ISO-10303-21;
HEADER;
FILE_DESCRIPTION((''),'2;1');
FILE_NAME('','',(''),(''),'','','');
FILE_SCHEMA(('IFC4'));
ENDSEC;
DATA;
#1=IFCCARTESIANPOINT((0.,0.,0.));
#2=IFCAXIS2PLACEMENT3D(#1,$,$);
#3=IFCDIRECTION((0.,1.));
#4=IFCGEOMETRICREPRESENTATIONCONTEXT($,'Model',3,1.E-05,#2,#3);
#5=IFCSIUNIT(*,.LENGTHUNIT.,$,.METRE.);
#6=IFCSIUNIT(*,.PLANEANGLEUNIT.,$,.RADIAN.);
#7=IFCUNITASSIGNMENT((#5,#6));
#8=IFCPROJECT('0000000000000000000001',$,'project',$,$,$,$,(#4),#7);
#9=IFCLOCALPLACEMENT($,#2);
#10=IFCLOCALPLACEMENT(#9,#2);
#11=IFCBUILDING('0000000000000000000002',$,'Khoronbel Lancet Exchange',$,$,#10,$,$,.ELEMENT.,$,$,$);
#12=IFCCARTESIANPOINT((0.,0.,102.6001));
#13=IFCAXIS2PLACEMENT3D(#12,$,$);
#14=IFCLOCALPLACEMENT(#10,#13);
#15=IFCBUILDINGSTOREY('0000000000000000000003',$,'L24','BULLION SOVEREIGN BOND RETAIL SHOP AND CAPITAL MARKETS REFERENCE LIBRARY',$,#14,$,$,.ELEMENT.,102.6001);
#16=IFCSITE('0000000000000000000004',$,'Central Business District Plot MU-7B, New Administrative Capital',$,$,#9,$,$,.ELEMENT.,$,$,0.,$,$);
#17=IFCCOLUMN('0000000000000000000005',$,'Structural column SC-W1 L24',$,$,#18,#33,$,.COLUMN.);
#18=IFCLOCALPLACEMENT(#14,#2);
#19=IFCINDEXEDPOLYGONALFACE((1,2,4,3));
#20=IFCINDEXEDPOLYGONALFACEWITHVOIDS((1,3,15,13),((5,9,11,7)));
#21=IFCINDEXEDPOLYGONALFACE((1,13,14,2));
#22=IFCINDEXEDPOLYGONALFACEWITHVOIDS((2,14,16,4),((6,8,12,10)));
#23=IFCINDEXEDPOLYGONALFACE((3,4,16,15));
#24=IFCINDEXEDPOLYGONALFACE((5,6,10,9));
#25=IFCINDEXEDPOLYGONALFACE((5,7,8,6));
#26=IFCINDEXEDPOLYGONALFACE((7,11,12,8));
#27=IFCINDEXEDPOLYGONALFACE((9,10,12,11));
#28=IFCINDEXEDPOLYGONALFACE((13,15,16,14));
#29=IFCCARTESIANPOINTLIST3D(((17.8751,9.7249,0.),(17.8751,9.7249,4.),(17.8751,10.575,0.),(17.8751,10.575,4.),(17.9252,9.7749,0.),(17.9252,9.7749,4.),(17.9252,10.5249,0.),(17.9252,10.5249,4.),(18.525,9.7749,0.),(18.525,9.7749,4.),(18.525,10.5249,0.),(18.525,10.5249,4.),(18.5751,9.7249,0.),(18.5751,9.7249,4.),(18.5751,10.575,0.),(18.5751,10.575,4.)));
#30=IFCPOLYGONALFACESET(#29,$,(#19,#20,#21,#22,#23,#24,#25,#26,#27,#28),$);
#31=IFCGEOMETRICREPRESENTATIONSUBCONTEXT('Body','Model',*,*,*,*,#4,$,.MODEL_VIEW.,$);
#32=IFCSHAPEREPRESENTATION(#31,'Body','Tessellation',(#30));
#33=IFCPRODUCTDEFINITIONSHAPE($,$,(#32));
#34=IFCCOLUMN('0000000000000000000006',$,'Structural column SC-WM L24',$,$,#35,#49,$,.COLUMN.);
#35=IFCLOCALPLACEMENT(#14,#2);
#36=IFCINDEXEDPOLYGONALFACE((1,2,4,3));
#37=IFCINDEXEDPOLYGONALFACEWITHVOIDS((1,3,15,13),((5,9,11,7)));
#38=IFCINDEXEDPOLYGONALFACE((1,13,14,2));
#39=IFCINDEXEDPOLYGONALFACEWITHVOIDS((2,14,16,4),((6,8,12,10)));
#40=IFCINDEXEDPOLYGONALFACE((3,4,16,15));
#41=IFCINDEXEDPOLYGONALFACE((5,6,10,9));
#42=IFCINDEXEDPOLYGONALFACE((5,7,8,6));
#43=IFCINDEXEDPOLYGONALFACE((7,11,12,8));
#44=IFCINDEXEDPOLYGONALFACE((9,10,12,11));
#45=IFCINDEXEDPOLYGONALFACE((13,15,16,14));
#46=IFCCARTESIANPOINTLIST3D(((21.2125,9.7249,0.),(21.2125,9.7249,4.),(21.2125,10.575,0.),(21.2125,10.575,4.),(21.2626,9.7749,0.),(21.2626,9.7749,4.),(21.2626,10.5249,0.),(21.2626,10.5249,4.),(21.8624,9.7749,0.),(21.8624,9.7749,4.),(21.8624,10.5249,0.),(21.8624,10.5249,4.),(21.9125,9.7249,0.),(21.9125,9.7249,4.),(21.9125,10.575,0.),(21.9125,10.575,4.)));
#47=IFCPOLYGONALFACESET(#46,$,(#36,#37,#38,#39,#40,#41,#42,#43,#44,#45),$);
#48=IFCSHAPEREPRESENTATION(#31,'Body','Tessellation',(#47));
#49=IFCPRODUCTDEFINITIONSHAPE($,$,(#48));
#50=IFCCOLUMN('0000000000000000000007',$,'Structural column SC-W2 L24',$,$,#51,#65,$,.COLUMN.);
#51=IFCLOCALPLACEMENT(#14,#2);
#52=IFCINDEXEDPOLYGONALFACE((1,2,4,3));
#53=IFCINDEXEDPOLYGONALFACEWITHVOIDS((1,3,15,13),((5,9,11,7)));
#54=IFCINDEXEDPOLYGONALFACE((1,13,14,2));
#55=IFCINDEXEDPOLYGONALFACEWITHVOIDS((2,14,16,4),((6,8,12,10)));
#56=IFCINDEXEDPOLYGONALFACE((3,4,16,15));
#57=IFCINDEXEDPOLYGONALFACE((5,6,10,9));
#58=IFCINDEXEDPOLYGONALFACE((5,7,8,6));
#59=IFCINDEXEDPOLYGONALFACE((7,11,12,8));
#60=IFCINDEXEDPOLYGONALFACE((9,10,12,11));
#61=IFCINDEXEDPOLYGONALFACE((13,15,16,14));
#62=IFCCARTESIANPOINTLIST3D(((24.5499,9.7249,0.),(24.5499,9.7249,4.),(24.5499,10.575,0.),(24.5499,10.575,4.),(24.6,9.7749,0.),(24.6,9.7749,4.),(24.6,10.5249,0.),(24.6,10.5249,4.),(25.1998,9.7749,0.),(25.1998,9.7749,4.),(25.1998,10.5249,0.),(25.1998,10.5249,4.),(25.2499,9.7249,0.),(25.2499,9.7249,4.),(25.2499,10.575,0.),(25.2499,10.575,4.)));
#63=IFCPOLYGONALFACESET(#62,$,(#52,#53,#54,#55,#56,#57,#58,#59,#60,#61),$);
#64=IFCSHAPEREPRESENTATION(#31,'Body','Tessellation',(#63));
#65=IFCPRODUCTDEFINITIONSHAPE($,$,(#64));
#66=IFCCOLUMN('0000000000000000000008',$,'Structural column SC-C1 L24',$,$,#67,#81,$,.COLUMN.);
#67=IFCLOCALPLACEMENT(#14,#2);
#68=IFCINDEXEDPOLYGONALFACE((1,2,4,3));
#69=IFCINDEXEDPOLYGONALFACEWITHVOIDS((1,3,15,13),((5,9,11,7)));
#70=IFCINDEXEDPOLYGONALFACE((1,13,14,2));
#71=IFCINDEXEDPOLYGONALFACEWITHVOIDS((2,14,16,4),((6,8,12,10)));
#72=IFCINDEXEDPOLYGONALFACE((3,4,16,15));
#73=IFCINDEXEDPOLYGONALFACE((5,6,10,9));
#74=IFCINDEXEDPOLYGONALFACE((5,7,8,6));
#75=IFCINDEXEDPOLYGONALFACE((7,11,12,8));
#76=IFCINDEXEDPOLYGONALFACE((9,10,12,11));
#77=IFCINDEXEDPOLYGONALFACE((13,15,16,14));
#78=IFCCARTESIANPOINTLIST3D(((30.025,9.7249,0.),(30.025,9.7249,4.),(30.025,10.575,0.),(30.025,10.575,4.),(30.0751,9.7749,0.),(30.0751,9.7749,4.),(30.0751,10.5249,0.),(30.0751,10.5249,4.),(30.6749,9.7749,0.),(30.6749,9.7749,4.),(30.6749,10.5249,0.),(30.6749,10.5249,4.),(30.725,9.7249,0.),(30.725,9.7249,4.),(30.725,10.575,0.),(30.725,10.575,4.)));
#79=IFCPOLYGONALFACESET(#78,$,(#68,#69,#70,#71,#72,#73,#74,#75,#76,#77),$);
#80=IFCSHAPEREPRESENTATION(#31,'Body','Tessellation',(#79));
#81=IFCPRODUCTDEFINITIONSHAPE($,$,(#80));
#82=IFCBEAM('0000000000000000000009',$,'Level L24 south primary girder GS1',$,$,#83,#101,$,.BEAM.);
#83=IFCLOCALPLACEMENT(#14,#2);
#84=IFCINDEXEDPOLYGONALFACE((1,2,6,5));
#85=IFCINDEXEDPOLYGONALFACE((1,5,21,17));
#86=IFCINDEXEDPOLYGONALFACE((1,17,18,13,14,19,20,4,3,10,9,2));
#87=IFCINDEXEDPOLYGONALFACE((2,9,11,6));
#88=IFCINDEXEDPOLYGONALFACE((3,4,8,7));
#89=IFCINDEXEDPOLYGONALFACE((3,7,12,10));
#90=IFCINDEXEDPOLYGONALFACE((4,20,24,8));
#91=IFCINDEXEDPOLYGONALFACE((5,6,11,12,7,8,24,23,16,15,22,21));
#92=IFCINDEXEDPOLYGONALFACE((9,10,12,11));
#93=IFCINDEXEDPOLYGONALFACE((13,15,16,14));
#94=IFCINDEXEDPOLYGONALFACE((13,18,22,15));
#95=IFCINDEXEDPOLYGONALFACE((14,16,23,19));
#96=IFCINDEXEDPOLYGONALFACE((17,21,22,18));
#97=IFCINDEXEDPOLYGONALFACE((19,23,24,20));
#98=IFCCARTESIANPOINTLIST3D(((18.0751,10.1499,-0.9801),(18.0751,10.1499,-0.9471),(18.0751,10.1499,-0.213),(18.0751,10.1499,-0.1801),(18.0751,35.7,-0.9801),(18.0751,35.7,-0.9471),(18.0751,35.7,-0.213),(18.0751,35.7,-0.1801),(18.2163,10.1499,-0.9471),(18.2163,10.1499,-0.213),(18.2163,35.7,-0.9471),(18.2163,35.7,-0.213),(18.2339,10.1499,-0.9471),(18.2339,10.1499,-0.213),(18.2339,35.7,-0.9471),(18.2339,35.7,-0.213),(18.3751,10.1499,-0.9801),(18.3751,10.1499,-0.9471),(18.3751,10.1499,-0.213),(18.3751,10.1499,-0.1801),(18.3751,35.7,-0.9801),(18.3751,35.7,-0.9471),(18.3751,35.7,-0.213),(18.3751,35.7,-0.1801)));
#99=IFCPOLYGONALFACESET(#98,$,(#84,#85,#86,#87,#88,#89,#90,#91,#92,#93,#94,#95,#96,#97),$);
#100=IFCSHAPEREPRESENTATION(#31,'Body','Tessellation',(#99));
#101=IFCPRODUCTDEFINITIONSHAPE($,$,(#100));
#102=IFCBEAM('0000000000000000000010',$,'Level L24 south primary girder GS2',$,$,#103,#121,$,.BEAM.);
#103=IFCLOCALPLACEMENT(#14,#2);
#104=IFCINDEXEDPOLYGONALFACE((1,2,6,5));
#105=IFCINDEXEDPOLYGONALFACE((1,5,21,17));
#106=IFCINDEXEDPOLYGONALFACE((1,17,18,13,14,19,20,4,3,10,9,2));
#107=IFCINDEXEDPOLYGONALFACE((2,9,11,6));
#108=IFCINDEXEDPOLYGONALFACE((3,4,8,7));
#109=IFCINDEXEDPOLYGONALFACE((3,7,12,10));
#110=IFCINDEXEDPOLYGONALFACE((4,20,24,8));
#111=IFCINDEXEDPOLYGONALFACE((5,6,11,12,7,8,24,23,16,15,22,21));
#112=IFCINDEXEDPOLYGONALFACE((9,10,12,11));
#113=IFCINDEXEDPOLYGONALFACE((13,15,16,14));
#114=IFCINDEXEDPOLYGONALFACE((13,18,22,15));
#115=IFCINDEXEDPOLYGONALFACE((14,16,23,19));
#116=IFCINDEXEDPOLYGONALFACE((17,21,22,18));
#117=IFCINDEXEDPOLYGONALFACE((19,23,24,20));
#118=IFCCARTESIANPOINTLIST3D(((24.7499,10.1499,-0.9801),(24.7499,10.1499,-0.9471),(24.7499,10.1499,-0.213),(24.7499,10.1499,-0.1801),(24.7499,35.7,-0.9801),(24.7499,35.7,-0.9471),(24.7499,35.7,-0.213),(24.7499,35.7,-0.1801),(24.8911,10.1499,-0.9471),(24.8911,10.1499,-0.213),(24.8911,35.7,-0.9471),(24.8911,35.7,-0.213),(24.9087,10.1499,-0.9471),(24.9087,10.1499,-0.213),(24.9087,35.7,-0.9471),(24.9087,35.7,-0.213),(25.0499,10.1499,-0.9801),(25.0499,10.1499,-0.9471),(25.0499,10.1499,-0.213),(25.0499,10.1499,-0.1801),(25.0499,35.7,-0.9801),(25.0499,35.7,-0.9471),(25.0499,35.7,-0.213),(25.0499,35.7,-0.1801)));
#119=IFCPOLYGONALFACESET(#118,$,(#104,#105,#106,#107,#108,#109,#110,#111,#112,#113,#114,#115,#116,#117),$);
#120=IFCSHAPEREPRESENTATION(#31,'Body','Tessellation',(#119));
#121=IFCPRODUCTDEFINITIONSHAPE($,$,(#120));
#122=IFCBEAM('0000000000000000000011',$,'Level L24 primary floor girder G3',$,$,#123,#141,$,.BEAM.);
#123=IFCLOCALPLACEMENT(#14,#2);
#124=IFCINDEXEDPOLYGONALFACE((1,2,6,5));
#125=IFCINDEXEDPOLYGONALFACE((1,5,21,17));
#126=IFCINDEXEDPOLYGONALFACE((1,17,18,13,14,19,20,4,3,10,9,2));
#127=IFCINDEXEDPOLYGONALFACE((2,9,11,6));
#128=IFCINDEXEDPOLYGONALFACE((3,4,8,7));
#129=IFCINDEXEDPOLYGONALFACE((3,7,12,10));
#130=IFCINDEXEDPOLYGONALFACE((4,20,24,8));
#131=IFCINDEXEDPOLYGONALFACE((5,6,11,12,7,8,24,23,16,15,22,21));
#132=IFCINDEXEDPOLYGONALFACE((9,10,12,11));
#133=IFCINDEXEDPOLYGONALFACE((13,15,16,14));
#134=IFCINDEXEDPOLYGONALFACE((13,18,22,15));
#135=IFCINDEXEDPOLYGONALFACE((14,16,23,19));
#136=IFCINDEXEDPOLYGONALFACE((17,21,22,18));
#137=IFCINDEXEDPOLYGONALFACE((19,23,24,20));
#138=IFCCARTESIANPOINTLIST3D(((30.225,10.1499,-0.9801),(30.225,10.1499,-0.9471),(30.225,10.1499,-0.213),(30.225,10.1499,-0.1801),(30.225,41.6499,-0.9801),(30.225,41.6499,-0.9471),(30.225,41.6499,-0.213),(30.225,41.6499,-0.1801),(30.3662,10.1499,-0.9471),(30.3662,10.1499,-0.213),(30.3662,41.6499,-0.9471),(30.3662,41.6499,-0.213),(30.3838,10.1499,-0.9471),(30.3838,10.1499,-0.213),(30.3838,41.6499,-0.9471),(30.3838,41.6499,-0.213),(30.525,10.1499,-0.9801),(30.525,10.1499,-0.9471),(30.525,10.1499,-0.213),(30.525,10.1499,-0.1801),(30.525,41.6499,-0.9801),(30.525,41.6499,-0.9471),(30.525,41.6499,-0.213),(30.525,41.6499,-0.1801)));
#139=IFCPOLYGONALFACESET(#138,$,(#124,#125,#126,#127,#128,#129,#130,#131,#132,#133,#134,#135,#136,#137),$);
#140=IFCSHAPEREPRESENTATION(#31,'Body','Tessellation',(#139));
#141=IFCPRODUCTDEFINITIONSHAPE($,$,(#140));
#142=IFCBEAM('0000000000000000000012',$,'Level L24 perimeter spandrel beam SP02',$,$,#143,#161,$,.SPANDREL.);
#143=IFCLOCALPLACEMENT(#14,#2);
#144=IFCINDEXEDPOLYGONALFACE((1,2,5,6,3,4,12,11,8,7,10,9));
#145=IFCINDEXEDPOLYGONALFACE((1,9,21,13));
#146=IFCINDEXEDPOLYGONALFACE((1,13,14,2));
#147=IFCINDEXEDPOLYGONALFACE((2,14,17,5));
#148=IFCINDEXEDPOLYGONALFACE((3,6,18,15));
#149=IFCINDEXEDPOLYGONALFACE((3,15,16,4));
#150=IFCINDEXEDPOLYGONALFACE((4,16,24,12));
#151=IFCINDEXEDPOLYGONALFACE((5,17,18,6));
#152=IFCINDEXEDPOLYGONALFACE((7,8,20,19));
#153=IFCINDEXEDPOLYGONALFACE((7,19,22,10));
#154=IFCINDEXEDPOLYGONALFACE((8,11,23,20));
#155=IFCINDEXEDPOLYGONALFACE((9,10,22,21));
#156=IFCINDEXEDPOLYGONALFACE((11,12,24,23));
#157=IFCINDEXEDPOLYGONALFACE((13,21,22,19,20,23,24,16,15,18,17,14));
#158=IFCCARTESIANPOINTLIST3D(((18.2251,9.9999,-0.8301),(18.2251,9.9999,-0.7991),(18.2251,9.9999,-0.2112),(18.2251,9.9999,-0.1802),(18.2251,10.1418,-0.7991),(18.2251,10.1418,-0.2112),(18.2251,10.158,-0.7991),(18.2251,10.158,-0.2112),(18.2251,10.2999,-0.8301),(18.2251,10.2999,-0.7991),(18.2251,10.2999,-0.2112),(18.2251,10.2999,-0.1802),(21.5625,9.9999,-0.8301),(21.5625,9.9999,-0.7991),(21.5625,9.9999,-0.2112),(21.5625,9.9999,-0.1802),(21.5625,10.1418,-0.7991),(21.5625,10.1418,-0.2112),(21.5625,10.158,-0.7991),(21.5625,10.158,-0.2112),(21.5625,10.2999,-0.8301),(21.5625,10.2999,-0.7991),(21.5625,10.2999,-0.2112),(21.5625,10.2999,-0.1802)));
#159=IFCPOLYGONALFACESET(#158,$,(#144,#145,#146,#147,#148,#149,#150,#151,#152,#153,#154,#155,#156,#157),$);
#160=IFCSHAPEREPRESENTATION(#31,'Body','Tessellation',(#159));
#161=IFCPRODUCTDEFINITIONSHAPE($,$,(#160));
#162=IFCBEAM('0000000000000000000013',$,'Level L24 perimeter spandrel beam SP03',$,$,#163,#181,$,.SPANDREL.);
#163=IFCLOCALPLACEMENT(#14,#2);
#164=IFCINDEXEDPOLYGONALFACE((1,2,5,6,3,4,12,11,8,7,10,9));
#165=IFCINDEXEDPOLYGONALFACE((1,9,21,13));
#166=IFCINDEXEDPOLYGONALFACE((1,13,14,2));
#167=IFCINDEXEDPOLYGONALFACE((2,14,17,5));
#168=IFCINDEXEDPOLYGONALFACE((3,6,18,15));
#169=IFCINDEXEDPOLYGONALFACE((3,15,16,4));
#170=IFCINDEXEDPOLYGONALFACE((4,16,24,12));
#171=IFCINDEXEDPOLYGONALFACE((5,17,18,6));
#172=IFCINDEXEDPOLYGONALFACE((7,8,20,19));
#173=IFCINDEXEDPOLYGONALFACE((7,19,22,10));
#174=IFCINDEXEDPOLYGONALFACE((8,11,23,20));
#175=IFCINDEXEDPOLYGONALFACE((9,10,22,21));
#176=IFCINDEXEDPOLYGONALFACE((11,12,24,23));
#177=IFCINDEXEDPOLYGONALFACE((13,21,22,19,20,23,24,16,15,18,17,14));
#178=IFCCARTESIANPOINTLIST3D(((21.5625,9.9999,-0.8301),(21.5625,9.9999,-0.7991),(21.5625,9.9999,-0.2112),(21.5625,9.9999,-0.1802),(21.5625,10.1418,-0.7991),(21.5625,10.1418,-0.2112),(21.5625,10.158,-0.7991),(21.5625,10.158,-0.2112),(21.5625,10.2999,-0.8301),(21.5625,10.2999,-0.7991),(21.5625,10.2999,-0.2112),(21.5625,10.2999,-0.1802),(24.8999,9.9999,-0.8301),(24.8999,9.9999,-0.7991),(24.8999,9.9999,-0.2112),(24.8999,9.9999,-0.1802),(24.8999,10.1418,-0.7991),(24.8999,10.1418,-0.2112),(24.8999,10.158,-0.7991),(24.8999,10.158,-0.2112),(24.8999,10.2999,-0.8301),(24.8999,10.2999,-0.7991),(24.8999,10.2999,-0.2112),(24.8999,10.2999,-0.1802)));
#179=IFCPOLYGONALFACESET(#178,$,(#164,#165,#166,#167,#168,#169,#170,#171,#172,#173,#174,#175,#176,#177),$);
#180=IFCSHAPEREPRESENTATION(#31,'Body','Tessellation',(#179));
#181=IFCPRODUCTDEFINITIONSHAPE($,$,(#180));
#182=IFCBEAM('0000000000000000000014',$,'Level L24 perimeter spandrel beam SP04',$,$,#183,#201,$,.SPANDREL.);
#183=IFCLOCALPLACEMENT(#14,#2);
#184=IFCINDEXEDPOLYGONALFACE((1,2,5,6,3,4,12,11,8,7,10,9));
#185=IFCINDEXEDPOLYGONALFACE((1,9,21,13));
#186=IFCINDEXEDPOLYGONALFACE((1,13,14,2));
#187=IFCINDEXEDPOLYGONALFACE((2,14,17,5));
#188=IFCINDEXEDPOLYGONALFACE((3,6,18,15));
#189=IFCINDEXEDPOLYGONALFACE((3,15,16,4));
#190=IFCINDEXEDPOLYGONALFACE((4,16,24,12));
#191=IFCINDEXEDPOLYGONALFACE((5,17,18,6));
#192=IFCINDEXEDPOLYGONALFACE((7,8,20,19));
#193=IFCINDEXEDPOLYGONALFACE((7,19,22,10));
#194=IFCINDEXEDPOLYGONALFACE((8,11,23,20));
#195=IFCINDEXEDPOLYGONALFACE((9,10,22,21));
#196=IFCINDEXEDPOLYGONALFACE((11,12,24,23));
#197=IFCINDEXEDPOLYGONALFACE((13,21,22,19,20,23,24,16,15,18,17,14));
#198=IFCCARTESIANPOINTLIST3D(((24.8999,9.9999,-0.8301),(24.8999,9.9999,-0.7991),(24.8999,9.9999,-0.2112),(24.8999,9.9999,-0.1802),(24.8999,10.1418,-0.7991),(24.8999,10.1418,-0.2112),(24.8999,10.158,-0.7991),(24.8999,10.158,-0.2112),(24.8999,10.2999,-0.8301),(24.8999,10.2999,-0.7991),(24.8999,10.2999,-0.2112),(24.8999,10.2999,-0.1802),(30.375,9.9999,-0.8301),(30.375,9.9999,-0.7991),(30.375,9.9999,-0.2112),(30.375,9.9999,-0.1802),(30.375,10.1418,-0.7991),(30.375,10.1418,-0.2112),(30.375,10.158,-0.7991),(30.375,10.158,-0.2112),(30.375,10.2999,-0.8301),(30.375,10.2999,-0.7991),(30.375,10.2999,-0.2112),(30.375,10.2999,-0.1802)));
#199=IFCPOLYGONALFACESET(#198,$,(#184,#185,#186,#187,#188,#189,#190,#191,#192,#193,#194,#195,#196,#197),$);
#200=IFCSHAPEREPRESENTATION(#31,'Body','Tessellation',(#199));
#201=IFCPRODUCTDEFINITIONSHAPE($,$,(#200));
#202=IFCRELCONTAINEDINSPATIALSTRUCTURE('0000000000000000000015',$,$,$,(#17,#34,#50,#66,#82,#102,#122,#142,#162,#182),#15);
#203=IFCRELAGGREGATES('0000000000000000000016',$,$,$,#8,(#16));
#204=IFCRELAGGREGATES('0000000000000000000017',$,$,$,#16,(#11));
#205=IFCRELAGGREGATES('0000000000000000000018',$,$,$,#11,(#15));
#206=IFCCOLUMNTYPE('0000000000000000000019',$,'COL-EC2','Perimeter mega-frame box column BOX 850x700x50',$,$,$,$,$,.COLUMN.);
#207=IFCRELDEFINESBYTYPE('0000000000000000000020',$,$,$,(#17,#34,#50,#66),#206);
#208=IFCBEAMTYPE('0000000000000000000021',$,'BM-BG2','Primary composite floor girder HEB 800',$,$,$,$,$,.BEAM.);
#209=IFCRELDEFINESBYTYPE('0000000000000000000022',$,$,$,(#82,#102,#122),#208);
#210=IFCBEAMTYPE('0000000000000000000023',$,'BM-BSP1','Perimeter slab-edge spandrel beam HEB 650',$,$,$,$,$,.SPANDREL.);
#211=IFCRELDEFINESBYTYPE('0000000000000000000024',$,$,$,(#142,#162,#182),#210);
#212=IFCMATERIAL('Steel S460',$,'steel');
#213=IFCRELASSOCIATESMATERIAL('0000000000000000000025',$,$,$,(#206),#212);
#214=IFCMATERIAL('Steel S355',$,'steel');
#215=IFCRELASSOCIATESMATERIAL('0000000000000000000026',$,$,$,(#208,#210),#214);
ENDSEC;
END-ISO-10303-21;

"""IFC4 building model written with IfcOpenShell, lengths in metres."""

from ifc_helpers import new_model, si_unit, direction, frame, origin, origin_2d, place, context, subcontext, project, spatial, hollow_rectangle, i_section, extrude, material, material_profile, profile_set, type_object, element, save


model = new_model("IFC4")

# Units and contexts
model_context = context("Model", 3, precision=1e-05, world=origin(), true_north=direction((0.0, 1.0)))
body_context = subcontext(model_context, "Body", "Model", "MODEL_VIEW")
ifc_project = project(units=[si_unit("LENGTHUNIT", "METRE"), si_unit("PLANEANGLEUNIT", "RADIAN")], contexts=[model_context])

# Site, building, storey
site_placement = place(None, origin())
site = spatial("IfcSite", under=ifc_project, at=site_placement, Name="Central Business District Plot MU-7B, New Administrative Capital", CompositionType="ELEMENT", RefElevation=0.0)
building_placement = place(site_placement, origin())
building = spatial("IfcBuilding", under=site, at=building_placement, Name="Khoronbel Lancet Exchange", CompositionType="ELEMENT")
storey_placement = place(building_placement, frame((0.0, 0.0, 102.6001)))
storey = spatial("IfcBuildingStorey", under=building, at=storey_placement, Name="L24", Description="BULLION SOVEREIGN BOND RETAIL SHOP AND CAPITAL MARKETS REFERENCE LIBRARY", CompositionType="ELEMENT", Elevation=102.6001)

# Columns
ifc_material_1 = material(Name="Steel S460", Category="steel")
ifc_material_profile_1 = material_profile(ifc_material_1, hollow_rectangle(XDim=0.7, YDim=0.8501, WallThickness=0.05, at=origin_2d()), Name="BOX 850x700x50")
ifc_profile_set_1 = profile_set([ifc_material_profile_1], Name="Steel S460")
column_type = type_object("IfcColumnType", Name="COL-EC2", Description="Perimeter mega-frame box column BOX 850x700x50", PredefinedType="COLUMN", material=ifc_profile_set_1)
for number, where, z_axis, x_axis, name in (
    (1, (18.2251, 10.1499, 0.0), (0.0, 0.0, 1.0), (1.0, 0.0, 0.0), "Structural column SC-W1 L24"),
    (2, (21.5625, 10.1499, 0.0), (0.0, 0.0, 1.0), (1.0, 0.0, 0.0), "Structural column SC-WM L24"),
    (3, (24.8999, 10.1499, 0.0), (0.0, 0.0, 1.0), (1.0, 0.0, 0.0), "Structural column SC-W2 L24"),
    (4, (30.375, 10.1499, 0.0), (0.0, 0.0, 1.0), (1.0, 0.0, 0.0), "Structural column SC-C1 L24"),
):
    element("IfcColumn", number, at=place(storey_placement, frame(where, z_axis=z_axis, x_axis=x_axis)), inside=storey, type_object=column_type, Name=name, PredefinedType="COLUMN", context=body_context, shape_type="SweptSolid", body=[
        extrude(hollow_rectangle(XDim=0.7, YDim=0.8501, WallThickness=0.05, at=origin_2d()), origin(), (0.0, 0.0, 1.0), 4.0),
    ])

# Beams
ifc_material_2 = material(Name="Steel S355", Category="steel")
ifc_material_profile_2 = material_profile(ifc_material_2, i_section(OverallWidth=0.3, OverallDepth=0.8, WebThickness=0.0176, FlangeThickness=0.033, at=origin_2d()), Name="HEB 800")
ifc_profile_set_2 = profile_set([ifc_material_profile_2], Name="Steel S355")
beam_type_1 = type_object("IfcBeamType", Name="BM-BG2", Description="Primary composite floor girder HEB 800", PredefinedType="BEAM", material=ifc_profile_set_2)
for number, where, z_axis, x_axis, name in (
    (5, (18.2251, 10.1499, -0.5801), (0.0, 1.0, 0.0), (-1.0, 0.0, 0.0), "Level L24 south primary girder GS1"),
    (6, (24.8999, 10.1499, -0.5801), (0.0, 1.0, 0.0), (-1.0, 0.0, 0.0), "Level L24 south primary girder GS2"),
):
    element("IfcBeam", number, at=place(storey_placement, frame(where, z_axis=z_axis, x_axis=x_axis)), inside=storey, type_object=beam_type_1, Name=name, PredefinedType="BEAM", context=body_context, shape_type="SweptSolid", body=[
        extrude(i_section(OverallWidth=0.3, OverallDepth=0.8, WebThickness=0.0176, FlangeThickness=0.033, at=origin_2d()), origin(), (0.0, 0.0, 1.0), 25.55),
    ])
beam_1_placement = place(storey_placement, frame((30.375, 10.1499, -0.5801), z_axis=(0.0, 1.0, 0.0), x_axis=(-1.0, 0.0, 0.0)))
element("IfcBeam", 7, at=beam_1_placement, inside=storey, type_object=beam_type_1, Name="Level L24 primary floor girder G3", PredefinedType="BEAM", context=body_context, shape_type="SweptSolid", body=[
    extrude(i_section(OverallWidth=0.3, OverallDepth=0.8, WebThickness=0.0176, FlangeThickness=0.033, at=origin_2d()), origin(), (0.0, 0.0, 1.0), 31.5),
])
ifc_material_profile_3 = material_profile(ifc_material_2, i_section(OverallWidth=0.3, OverallDepth=0.6499, WebThickness=0.0161, FlangeThickness=0.031, at=origin_2d()), Name="HEB 650")
ifc_profile_set_3 = profile_set([ifc_material_profile_3], Name="Steel S355")
beam_type_2 = type_object("IfcBeamType", Name="BM-BSP1", Description="Perimeter slab-edge spandrel beam HEB 650", PredefinedType="SPANDREL", material=ifc_profile_set_3)
for number, where, z_axis, x_axis, name in (
    (8, (18.2251, 10.1499, -0.5051), (1.0, 0.0, 0.0), (0.0, 1.0, 0.0), "Level L24 perimeter spandrel beam SP02"),
    (9, (21.5625, 10.1499, -0.5051), (1.0, 0.0, 0.0), (0.0, 1.0, 0.0), "Level L24 perimeter spandrel beam SP03"),
):
    element("IfcBeam", number, at=place(storey_placement, frame(where, z_axis=z_axis, x_axis=x_axis)), inside=storey, type_object=beam_type_2, Name=name, PredefinedType="SPANDREL", context=body_context, shape_type="SweptSolid", body=[
        extrude(i_section(OverallWidth=0.3, OverallDepth=0.6499, WebThickness=0.0161, FlangeThickness=0.031, at=origin_2d()), origin(), (0.0, 0.0, 1.0), 3.3374),
    ])
beam_2_placement = place(storey_placement, frame((24.8999, 10.1499, -0.5051), z_axis=(1.0, 0.0, 0.0), x_axis=(0.0, 1.0, 0.0)))
element("IfcBeam", 10, at=beam_2_placement, inside=storey, type_object=beam_type_2, Name="Level L24 perimeter spandrel beam SP04", PredefinedType="SPANDREL", context=body_context, shape_type="SweptSolid", body=[
    extrude(i_section(OverallWidth=0.3, OverallDepth=0.6499, WebThickness=0.0161, FlangeThickness=0.031, at=origin_2d()), origin(), (0.0, 0.0, 1.0), 5.4751),
])

save(model, "model.ifc")
